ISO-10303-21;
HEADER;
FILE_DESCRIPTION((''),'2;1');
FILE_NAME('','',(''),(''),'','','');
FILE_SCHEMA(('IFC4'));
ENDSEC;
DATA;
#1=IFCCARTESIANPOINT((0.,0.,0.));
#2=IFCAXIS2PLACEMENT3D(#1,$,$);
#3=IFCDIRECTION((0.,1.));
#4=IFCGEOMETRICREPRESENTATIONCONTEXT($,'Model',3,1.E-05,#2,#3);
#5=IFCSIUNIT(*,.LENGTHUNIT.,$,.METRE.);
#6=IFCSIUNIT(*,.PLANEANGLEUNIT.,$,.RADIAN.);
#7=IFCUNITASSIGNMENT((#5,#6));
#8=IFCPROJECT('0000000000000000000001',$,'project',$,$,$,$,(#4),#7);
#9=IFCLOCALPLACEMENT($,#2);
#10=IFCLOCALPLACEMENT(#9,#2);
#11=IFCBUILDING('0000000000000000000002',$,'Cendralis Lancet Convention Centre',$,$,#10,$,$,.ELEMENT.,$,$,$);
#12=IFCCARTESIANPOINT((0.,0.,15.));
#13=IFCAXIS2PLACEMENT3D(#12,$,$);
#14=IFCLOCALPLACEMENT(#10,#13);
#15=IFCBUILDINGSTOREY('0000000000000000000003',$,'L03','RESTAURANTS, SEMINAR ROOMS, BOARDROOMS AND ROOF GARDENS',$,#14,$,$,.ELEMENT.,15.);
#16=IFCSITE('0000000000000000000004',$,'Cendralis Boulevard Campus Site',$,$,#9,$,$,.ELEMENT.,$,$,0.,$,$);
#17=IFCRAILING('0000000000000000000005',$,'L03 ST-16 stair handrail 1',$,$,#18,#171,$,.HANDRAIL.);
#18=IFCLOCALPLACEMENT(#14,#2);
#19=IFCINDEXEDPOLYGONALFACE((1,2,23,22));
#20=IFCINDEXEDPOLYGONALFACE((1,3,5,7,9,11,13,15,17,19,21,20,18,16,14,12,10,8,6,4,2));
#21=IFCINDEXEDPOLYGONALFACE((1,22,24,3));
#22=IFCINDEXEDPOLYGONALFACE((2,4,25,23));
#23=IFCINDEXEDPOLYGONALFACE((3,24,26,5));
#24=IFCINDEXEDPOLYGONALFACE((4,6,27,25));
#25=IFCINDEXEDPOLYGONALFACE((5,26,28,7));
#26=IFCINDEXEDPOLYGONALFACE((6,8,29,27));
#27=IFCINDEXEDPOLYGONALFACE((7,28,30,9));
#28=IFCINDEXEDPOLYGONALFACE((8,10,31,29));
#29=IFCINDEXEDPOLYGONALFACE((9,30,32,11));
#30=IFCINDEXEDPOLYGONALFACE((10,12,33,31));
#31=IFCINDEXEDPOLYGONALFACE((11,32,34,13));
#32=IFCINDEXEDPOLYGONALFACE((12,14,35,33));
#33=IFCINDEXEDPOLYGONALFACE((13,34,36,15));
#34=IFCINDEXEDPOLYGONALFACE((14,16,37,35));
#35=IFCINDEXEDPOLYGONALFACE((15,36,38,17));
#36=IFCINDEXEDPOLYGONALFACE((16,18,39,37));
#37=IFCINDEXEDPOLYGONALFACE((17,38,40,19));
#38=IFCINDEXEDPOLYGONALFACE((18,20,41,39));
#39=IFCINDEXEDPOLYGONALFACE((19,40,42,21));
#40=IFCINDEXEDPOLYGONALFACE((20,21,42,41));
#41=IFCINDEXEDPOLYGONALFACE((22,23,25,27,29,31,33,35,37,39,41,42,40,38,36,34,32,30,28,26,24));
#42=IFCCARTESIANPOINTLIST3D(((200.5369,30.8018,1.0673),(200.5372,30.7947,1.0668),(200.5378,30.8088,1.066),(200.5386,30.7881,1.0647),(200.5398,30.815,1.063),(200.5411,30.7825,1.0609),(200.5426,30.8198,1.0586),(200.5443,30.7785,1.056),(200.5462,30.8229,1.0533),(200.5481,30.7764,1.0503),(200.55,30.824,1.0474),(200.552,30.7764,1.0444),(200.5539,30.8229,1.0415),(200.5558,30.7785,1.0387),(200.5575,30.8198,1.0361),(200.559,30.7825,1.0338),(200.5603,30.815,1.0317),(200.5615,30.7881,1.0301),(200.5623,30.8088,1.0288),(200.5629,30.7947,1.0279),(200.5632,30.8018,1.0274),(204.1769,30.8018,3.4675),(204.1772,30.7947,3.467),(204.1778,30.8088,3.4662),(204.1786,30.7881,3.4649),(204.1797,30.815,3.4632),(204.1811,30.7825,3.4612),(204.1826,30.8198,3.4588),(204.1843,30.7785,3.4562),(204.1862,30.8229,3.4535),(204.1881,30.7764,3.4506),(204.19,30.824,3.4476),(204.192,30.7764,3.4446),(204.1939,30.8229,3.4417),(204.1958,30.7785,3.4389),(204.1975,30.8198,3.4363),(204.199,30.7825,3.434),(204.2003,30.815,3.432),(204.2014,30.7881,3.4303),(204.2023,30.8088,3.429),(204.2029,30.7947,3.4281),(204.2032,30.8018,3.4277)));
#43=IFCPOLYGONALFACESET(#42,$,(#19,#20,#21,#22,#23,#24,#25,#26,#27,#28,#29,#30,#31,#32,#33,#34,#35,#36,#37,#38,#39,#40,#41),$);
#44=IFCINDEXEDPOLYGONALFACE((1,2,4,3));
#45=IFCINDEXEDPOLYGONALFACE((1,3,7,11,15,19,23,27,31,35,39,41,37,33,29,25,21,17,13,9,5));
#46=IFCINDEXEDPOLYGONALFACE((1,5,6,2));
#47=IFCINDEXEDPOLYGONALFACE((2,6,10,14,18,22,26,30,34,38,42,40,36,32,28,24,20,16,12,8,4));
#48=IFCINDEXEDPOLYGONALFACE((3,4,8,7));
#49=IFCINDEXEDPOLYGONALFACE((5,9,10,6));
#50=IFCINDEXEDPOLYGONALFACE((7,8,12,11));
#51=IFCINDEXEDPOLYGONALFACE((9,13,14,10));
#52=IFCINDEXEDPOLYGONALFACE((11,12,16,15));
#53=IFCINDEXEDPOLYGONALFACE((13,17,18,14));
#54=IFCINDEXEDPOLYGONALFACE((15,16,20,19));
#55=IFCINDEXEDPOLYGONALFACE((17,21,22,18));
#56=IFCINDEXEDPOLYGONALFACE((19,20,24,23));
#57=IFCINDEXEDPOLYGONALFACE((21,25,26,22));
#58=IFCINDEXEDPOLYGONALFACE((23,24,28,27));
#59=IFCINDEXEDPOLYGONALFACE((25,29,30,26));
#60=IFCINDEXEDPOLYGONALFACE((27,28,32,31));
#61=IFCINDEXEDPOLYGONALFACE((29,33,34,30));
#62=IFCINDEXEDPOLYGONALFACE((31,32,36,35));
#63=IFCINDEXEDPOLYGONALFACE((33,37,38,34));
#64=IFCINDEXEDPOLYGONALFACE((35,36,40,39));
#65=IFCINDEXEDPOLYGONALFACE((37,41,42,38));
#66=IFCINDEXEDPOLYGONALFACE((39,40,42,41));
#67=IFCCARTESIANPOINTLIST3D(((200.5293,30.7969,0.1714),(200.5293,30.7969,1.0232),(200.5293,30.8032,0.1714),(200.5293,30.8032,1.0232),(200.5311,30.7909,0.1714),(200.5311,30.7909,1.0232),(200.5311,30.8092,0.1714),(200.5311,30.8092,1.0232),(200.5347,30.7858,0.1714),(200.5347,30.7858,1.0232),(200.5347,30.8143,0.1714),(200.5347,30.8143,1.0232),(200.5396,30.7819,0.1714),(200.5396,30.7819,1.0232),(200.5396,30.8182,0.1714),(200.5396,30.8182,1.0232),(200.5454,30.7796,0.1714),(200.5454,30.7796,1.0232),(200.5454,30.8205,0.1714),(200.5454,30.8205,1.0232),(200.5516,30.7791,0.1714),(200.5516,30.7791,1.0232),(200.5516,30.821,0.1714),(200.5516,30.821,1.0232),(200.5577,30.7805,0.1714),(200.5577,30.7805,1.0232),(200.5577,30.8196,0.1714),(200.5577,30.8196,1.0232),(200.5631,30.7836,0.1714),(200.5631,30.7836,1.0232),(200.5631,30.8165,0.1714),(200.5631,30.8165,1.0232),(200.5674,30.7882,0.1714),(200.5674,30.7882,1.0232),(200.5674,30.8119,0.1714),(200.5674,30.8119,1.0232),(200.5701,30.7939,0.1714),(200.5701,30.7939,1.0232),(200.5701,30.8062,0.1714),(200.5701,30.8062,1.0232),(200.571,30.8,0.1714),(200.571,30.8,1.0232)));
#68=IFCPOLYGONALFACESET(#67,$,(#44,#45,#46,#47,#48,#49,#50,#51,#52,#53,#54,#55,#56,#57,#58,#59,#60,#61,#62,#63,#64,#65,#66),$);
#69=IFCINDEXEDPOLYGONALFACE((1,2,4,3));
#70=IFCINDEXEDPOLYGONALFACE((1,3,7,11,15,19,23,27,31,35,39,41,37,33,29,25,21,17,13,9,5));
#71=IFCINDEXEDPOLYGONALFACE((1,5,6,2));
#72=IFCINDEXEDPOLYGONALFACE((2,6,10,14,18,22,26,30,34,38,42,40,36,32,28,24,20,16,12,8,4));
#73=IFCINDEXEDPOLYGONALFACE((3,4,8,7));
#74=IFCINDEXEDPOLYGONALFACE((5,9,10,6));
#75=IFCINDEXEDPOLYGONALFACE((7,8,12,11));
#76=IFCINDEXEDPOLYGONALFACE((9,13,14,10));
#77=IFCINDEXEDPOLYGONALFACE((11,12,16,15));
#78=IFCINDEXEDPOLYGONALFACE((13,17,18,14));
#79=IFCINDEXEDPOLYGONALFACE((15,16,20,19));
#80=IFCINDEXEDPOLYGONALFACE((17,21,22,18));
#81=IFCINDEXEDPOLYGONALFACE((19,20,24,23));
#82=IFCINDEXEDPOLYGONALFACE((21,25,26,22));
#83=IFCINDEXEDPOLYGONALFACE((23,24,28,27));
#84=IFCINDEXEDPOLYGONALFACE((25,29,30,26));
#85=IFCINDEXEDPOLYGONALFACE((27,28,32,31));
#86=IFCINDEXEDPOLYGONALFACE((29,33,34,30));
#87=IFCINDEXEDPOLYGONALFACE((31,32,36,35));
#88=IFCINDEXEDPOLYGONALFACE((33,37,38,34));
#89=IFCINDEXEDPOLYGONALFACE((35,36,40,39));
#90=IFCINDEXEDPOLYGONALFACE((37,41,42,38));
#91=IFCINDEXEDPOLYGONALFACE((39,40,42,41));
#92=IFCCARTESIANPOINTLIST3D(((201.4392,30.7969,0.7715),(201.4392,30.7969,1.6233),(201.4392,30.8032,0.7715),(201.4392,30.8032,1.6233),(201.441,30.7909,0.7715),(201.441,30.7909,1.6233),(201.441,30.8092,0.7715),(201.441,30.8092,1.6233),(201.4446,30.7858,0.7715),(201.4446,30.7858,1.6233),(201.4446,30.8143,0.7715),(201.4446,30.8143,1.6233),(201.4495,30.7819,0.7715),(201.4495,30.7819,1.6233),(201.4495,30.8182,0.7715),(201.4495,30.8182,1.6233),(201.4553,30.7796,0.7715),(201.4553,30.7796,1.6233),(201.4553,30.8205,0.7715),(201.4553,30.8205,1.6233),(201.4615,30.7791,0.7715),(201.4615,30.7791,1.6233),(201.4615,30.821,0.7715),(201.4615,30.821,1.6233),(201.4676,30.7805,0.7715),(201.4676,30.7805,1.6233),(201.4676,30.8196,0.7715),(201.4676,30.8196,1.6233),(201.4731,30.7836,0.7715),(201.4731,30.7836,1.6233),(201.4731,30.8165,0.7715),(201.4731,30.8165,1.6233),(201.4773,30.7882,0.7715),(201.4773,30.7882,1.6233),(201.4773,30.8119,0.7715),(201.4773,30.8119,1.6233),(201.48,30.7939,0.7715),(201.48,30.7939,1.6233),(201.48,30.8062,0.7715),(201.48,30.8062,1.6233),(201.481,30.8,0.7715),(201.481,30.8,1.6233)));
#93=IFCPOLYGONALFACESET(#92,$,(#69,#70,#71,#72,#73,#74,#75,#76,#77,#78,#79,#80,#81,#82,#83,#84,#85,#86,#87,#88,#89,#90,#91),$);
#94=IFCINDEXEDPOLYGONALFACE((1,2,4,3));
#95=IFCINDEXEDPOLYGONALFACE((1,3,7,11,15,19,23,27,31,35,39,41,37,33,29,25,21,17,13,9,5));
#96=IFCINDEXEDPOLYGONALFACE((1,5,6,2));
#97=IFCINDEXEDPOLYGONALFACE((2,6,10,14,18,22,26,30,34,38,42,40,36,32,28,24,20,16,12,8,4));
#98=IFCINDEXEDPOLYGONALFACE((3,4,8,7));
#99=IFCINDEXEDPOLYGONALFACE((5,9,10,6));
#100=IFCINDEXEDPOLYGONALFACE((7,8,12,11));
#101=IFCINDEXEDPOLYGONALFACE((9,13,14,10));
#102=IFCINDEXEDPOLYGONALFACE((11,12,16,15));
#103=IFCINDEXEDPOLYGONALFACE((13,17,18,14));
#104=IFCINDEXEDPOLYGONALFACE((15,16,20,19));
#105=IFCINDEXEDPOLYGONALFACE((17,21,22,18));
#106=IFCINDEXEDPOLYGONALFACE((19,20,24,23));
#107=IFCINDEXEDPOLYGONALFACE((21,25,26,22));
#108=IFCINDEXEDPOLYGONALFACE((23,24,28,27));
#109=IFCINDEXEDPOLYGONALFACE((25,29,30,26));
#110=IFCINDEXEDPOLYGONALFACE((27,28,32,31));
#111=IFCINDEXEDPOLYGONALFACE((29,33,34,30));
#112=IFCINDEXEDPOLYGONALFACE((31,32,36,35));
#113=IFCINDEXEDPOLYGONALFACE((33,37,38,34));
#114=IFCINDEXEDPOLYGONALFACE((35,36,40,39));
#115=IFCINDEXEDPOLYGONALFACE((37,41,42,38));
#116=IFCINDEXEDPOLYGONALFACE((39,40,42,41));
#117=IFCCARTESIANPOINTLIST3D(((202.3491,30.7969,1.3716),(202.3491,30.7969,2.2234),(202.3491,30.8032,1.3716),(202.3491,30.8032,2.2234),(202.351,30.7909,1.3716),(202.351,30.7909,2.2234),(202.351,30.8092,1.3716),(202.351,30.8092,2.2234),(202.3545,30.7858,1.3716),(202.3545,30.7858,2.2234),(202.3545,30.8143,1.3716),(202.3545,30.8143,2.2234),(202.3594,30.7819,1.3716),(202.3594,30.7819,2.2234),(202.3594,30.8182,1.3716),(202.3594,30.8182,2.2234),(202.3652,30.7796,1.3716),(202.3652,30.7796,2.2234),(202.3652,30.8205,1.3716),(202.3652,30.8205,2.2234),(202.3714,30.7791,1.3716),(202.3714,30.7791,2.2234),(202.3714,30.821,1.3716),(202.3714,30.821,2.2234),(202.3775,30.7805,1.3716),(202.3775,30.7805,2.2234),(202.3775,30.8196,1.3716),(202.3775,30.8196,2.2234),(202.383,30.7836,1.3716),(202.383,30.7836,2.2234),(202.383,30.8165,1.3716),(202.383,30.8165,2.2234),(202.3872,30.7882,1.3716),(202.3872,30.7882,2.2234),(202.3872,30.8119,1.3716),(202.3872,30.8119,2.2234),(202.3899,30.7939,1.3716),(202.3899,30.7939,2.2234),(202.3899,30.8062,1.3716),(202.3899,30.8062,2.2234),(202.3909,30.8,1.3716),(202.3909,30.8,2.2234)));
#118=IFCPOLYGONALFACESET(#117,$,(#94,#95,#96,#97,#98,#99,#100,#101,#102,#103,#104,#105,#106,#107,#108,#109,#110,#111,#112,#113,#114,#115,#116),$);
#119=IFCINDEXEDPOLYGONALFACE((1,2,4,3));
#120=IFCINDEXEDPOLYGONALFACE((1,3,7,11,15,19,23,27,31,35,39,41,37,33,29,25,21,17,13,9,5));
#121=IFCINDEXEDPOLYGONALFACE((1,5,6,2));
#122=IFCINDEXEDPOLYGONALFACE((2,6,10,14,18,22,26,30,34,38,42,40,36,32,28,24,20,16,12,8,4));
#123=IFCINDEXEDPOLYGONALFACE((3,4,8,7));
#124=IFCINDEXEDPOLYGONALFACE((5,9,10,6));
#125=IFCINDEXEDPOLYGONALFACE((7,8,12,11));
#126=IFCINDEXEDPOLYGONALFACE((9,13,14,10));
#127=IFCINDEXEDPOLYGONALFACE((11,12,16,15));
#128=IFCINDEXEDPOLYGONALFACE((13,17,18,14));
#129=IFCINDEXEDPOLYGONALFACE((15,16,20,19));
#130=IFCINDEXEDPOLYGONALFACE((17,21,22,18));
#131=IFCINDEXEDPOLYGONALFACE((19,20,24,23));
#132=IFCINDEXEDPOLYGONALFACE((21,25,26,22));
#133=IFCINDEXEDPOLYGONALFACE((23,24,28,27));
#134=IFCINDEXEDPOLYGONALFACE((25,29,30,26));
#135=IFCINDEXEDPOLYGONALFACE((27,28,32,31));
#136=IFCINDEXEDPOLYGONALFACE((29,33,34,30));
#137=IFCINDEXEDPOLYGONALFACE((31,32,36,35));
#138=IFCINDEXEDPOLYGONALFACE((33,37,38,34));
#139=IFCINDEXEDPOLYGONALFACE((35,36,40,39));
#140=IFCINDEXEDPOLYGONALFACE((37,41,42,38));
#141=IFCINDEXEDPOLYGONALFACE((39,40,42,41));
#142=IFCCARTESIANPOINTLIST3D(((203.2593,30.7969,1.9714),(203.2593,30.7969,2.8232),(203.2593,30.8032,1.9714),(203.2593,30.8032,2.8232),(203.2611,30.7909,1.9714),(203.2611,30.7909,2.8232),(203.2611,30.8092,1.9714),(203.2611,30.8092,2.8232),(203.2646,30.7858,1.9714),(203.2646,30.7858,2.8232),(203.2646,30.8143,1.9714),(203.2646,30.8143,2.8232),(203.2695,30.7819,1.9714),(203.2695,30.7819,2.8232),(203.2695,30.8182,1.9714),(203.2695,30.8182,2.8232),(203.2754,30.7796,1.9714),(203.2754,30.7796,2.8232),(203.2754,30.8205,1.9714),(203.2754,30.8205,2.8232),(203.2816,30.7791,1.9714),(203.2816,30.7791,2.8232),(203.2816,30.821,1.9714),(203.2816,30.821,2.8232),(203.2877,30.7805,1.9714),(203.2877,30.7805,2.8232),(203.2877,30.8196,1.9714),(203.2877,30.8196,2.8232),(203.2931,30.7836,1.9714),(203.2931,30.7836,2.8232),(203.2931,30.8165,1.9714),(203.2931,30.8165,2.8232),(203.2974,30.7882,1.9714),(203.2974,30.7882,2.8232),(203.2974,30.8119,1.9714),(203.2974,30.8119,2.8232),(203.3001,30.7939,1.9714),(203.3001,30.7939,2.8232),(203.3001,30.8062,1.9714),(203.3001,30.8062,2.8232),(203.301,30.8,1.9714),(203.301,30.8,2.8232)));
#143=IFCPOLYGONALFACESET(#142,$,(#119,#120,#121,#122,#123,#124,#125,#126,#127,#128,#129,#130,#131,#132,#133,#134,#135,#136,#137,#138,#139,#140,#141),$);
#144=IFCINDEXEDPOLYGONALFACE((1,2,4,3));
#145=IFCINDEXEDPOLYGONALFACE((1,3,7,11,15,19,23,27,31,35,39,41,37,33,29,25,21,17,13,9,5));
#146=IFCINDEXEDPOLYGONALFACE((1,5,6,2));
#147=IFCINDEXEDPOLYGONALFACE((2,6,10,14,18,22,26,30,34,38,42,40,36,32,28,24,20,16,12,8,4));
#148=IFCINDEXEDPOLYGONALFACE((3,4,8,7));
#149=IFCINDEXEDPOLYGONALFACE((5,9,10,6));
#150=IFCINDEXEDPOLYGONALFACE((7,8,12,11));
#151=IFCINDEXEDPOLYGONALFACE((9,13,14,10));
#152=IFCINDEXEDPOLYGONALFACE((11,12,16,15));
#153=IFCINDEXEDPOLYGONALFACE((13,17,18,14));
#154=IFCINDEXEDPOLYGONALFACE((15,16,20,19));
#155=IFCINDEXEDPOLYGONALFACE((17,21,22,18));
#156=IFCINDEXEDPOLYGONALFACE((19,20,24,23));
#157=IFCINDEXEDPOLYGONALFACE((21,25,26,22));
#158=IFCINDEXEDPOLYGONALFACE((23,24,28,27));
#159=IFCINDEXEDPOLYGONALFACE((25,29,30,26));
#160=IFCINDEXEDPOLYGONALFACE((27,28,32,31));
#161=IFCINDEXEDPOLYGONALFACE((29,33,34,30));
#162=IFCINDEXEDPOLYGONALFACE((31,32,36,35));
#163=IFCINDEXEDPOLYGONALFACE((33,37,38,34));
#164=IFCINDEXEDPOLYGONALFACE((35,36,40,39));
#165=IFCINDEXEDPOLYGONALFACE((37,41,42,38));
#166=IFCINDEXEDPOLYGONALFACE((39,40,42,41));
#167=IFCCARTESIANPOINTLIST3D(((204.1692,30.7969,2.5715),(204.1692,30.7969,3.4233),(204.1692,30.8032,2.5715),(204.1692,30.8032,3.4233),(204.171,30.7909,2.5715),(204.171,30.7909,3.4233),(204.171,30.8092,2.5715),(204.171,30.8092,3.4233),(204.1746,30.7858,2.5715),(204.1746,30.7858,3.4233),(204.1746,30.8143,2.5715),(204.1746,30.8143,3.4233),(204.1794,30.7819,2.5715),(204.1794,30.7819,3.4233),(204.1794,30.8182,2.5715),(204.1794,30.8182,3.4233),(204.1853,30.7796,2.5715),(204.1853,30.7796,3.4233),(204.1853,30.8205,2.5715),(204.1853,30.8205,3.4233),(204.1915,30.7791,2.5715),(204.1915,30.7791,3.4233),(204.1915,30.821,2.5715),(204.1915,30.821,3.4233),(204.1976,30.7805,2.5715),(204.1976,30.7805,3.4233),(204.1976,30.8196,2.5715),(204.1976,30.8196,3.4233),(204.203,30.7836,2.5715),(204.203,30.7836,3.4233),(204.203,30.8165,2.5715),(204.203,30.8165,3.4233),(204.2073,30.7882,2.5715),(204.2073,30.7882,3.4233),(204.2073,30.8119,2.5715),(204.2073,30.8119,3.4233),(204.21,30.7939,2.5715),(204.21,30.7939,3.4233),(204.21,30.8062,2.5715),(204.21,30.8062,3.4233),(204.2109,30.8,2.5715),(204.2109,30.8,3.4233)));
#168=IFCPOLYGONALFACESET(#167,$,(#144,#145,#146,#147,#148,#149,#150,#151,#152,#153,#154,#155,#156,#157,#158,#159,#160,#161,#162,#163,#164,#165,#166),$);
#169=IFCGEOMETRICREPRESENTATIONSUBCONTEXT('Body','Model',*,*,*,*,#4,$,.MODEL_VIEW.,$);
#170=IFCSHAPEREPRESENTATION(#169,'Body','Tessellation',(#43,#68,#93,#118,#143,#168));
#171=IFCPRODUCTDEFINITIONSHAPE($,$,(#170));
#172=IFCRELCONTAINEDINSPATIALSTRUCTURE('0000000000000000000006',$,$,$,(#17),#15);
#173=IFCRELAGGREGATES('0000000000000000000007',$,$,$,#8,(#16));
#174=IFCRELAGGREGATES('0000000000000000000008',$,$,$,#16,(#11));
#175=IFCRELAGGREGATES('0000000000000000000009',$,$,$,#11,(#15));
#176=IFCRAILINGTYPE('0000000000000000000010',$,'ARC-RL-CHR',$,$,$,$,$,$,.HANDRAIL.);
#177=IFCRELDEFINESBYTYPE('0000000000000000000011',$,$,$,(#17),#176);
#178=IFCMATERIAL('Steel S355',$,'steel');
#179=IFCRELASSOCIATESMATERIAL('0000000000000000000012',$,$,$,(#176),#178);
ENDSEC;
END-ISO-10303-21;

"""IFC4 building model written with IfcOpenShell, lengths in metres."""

from ifc_helpers import new_model, si_unit, direction, frame, origin, origin_2d, place, context, subcontext, project, spatial, circle, extrude, material, type_object, element, save


model = new_model("IFC4")

# Units and contexts
model_context = context("Model", 3, precision=1e-05, world=origin(), true_north=direction((0.0, 1.0)))
body_context = subcontext(model_context, "Body", "Model", "MODEL_VIEW")
ifc_project = project(units=[si_unit("LENGTHUNIT", "METRE"), si_unit("PLANEANGLEUNIT", "RADIAN")], contexts=[model_context])

# Site, building, storey
site_placement = place(None, origin())
site = spatial("IfcSite", under=ifc_project, at=site_placement, Name="Cendralis Boulevard Campus Site", CompositionType="ELEMENT", RefElevation=0.0)
building_placement = place(site_placement, origin())
building = spatial("IfcBuilding", under=site, at=building_placement, Name="Cendralis Lancet Convention Centre", CompositionType="ELEMENT")
storey_placement = place(building_placement, frame((0.0, 0.0, 15.0)))
storey = spatial("IfcBuildingStorey", under=building, at=storey_placement, Name="L03", Description="RESTAURANTS, SEMINAR ROOMS, BOARDROOMS AND ROOF GARDENS", CompositionType="ELEMENT", Elevation=15.0)

# Shared definitions
ifc_material_1 = material(Name="Steel S355", Category="steel")

# Railing
railing_type_1 = type_object("IfcRailingType", Name="ARC-RL-CHR", PredefinedType="HANDRAIL", material=ifc_material_1)
railing_1_placement = place(storey_placement, frame((200.55, 30.8, 0.1714)))
element("IfcRailing", 1, at=railing_1_placement, inside=storey, type_object=railing_type_1, Name="L03 ST-16 stair handrail 1", PredefinedType="HANDRAIL", context=body_context, shape_type="SweptSolid", body=[
    extrude(circle(Radius=0.0239, at=origin_2d()), frame((0.0, 0.0, 0.876), z_axis=(0.834839, 0.0, 0.550493), x_axis=(0.0, 1.0, 0.0)), (0.0, 0.0, 1.0), 4.3601),
    extrude(circle(Radius=0.021, at=origin_2d()), origin(), (0.0, 0.0, 1.0), 0.8518),
    extrude(circle(Radius=0.021, at=origin_2d()), frame((0.9099, 0.0, 0.6001)), (0.0, 0.0, 1.0), 0.8518),
    extrude(circle(Radius=0.021, at=origin_2d()), frame((1.8198, 0.0, 1.2002)), (0.0, 0.0, 1.0), 0.8518),
    extrude(circle(Radius=0.021, at=origin_2d()), frame((2.73, 0.0, 1.8)), (0.0, 0.0, 1.0), 0.8518),
    extrude(circle(Radius=0.021, at=origin_2d()), frame((3.6399, 0.0, 2.4001)), (0.0, 0.0, 1.0), 0.8518),
])

save(model, "model.ifc")
